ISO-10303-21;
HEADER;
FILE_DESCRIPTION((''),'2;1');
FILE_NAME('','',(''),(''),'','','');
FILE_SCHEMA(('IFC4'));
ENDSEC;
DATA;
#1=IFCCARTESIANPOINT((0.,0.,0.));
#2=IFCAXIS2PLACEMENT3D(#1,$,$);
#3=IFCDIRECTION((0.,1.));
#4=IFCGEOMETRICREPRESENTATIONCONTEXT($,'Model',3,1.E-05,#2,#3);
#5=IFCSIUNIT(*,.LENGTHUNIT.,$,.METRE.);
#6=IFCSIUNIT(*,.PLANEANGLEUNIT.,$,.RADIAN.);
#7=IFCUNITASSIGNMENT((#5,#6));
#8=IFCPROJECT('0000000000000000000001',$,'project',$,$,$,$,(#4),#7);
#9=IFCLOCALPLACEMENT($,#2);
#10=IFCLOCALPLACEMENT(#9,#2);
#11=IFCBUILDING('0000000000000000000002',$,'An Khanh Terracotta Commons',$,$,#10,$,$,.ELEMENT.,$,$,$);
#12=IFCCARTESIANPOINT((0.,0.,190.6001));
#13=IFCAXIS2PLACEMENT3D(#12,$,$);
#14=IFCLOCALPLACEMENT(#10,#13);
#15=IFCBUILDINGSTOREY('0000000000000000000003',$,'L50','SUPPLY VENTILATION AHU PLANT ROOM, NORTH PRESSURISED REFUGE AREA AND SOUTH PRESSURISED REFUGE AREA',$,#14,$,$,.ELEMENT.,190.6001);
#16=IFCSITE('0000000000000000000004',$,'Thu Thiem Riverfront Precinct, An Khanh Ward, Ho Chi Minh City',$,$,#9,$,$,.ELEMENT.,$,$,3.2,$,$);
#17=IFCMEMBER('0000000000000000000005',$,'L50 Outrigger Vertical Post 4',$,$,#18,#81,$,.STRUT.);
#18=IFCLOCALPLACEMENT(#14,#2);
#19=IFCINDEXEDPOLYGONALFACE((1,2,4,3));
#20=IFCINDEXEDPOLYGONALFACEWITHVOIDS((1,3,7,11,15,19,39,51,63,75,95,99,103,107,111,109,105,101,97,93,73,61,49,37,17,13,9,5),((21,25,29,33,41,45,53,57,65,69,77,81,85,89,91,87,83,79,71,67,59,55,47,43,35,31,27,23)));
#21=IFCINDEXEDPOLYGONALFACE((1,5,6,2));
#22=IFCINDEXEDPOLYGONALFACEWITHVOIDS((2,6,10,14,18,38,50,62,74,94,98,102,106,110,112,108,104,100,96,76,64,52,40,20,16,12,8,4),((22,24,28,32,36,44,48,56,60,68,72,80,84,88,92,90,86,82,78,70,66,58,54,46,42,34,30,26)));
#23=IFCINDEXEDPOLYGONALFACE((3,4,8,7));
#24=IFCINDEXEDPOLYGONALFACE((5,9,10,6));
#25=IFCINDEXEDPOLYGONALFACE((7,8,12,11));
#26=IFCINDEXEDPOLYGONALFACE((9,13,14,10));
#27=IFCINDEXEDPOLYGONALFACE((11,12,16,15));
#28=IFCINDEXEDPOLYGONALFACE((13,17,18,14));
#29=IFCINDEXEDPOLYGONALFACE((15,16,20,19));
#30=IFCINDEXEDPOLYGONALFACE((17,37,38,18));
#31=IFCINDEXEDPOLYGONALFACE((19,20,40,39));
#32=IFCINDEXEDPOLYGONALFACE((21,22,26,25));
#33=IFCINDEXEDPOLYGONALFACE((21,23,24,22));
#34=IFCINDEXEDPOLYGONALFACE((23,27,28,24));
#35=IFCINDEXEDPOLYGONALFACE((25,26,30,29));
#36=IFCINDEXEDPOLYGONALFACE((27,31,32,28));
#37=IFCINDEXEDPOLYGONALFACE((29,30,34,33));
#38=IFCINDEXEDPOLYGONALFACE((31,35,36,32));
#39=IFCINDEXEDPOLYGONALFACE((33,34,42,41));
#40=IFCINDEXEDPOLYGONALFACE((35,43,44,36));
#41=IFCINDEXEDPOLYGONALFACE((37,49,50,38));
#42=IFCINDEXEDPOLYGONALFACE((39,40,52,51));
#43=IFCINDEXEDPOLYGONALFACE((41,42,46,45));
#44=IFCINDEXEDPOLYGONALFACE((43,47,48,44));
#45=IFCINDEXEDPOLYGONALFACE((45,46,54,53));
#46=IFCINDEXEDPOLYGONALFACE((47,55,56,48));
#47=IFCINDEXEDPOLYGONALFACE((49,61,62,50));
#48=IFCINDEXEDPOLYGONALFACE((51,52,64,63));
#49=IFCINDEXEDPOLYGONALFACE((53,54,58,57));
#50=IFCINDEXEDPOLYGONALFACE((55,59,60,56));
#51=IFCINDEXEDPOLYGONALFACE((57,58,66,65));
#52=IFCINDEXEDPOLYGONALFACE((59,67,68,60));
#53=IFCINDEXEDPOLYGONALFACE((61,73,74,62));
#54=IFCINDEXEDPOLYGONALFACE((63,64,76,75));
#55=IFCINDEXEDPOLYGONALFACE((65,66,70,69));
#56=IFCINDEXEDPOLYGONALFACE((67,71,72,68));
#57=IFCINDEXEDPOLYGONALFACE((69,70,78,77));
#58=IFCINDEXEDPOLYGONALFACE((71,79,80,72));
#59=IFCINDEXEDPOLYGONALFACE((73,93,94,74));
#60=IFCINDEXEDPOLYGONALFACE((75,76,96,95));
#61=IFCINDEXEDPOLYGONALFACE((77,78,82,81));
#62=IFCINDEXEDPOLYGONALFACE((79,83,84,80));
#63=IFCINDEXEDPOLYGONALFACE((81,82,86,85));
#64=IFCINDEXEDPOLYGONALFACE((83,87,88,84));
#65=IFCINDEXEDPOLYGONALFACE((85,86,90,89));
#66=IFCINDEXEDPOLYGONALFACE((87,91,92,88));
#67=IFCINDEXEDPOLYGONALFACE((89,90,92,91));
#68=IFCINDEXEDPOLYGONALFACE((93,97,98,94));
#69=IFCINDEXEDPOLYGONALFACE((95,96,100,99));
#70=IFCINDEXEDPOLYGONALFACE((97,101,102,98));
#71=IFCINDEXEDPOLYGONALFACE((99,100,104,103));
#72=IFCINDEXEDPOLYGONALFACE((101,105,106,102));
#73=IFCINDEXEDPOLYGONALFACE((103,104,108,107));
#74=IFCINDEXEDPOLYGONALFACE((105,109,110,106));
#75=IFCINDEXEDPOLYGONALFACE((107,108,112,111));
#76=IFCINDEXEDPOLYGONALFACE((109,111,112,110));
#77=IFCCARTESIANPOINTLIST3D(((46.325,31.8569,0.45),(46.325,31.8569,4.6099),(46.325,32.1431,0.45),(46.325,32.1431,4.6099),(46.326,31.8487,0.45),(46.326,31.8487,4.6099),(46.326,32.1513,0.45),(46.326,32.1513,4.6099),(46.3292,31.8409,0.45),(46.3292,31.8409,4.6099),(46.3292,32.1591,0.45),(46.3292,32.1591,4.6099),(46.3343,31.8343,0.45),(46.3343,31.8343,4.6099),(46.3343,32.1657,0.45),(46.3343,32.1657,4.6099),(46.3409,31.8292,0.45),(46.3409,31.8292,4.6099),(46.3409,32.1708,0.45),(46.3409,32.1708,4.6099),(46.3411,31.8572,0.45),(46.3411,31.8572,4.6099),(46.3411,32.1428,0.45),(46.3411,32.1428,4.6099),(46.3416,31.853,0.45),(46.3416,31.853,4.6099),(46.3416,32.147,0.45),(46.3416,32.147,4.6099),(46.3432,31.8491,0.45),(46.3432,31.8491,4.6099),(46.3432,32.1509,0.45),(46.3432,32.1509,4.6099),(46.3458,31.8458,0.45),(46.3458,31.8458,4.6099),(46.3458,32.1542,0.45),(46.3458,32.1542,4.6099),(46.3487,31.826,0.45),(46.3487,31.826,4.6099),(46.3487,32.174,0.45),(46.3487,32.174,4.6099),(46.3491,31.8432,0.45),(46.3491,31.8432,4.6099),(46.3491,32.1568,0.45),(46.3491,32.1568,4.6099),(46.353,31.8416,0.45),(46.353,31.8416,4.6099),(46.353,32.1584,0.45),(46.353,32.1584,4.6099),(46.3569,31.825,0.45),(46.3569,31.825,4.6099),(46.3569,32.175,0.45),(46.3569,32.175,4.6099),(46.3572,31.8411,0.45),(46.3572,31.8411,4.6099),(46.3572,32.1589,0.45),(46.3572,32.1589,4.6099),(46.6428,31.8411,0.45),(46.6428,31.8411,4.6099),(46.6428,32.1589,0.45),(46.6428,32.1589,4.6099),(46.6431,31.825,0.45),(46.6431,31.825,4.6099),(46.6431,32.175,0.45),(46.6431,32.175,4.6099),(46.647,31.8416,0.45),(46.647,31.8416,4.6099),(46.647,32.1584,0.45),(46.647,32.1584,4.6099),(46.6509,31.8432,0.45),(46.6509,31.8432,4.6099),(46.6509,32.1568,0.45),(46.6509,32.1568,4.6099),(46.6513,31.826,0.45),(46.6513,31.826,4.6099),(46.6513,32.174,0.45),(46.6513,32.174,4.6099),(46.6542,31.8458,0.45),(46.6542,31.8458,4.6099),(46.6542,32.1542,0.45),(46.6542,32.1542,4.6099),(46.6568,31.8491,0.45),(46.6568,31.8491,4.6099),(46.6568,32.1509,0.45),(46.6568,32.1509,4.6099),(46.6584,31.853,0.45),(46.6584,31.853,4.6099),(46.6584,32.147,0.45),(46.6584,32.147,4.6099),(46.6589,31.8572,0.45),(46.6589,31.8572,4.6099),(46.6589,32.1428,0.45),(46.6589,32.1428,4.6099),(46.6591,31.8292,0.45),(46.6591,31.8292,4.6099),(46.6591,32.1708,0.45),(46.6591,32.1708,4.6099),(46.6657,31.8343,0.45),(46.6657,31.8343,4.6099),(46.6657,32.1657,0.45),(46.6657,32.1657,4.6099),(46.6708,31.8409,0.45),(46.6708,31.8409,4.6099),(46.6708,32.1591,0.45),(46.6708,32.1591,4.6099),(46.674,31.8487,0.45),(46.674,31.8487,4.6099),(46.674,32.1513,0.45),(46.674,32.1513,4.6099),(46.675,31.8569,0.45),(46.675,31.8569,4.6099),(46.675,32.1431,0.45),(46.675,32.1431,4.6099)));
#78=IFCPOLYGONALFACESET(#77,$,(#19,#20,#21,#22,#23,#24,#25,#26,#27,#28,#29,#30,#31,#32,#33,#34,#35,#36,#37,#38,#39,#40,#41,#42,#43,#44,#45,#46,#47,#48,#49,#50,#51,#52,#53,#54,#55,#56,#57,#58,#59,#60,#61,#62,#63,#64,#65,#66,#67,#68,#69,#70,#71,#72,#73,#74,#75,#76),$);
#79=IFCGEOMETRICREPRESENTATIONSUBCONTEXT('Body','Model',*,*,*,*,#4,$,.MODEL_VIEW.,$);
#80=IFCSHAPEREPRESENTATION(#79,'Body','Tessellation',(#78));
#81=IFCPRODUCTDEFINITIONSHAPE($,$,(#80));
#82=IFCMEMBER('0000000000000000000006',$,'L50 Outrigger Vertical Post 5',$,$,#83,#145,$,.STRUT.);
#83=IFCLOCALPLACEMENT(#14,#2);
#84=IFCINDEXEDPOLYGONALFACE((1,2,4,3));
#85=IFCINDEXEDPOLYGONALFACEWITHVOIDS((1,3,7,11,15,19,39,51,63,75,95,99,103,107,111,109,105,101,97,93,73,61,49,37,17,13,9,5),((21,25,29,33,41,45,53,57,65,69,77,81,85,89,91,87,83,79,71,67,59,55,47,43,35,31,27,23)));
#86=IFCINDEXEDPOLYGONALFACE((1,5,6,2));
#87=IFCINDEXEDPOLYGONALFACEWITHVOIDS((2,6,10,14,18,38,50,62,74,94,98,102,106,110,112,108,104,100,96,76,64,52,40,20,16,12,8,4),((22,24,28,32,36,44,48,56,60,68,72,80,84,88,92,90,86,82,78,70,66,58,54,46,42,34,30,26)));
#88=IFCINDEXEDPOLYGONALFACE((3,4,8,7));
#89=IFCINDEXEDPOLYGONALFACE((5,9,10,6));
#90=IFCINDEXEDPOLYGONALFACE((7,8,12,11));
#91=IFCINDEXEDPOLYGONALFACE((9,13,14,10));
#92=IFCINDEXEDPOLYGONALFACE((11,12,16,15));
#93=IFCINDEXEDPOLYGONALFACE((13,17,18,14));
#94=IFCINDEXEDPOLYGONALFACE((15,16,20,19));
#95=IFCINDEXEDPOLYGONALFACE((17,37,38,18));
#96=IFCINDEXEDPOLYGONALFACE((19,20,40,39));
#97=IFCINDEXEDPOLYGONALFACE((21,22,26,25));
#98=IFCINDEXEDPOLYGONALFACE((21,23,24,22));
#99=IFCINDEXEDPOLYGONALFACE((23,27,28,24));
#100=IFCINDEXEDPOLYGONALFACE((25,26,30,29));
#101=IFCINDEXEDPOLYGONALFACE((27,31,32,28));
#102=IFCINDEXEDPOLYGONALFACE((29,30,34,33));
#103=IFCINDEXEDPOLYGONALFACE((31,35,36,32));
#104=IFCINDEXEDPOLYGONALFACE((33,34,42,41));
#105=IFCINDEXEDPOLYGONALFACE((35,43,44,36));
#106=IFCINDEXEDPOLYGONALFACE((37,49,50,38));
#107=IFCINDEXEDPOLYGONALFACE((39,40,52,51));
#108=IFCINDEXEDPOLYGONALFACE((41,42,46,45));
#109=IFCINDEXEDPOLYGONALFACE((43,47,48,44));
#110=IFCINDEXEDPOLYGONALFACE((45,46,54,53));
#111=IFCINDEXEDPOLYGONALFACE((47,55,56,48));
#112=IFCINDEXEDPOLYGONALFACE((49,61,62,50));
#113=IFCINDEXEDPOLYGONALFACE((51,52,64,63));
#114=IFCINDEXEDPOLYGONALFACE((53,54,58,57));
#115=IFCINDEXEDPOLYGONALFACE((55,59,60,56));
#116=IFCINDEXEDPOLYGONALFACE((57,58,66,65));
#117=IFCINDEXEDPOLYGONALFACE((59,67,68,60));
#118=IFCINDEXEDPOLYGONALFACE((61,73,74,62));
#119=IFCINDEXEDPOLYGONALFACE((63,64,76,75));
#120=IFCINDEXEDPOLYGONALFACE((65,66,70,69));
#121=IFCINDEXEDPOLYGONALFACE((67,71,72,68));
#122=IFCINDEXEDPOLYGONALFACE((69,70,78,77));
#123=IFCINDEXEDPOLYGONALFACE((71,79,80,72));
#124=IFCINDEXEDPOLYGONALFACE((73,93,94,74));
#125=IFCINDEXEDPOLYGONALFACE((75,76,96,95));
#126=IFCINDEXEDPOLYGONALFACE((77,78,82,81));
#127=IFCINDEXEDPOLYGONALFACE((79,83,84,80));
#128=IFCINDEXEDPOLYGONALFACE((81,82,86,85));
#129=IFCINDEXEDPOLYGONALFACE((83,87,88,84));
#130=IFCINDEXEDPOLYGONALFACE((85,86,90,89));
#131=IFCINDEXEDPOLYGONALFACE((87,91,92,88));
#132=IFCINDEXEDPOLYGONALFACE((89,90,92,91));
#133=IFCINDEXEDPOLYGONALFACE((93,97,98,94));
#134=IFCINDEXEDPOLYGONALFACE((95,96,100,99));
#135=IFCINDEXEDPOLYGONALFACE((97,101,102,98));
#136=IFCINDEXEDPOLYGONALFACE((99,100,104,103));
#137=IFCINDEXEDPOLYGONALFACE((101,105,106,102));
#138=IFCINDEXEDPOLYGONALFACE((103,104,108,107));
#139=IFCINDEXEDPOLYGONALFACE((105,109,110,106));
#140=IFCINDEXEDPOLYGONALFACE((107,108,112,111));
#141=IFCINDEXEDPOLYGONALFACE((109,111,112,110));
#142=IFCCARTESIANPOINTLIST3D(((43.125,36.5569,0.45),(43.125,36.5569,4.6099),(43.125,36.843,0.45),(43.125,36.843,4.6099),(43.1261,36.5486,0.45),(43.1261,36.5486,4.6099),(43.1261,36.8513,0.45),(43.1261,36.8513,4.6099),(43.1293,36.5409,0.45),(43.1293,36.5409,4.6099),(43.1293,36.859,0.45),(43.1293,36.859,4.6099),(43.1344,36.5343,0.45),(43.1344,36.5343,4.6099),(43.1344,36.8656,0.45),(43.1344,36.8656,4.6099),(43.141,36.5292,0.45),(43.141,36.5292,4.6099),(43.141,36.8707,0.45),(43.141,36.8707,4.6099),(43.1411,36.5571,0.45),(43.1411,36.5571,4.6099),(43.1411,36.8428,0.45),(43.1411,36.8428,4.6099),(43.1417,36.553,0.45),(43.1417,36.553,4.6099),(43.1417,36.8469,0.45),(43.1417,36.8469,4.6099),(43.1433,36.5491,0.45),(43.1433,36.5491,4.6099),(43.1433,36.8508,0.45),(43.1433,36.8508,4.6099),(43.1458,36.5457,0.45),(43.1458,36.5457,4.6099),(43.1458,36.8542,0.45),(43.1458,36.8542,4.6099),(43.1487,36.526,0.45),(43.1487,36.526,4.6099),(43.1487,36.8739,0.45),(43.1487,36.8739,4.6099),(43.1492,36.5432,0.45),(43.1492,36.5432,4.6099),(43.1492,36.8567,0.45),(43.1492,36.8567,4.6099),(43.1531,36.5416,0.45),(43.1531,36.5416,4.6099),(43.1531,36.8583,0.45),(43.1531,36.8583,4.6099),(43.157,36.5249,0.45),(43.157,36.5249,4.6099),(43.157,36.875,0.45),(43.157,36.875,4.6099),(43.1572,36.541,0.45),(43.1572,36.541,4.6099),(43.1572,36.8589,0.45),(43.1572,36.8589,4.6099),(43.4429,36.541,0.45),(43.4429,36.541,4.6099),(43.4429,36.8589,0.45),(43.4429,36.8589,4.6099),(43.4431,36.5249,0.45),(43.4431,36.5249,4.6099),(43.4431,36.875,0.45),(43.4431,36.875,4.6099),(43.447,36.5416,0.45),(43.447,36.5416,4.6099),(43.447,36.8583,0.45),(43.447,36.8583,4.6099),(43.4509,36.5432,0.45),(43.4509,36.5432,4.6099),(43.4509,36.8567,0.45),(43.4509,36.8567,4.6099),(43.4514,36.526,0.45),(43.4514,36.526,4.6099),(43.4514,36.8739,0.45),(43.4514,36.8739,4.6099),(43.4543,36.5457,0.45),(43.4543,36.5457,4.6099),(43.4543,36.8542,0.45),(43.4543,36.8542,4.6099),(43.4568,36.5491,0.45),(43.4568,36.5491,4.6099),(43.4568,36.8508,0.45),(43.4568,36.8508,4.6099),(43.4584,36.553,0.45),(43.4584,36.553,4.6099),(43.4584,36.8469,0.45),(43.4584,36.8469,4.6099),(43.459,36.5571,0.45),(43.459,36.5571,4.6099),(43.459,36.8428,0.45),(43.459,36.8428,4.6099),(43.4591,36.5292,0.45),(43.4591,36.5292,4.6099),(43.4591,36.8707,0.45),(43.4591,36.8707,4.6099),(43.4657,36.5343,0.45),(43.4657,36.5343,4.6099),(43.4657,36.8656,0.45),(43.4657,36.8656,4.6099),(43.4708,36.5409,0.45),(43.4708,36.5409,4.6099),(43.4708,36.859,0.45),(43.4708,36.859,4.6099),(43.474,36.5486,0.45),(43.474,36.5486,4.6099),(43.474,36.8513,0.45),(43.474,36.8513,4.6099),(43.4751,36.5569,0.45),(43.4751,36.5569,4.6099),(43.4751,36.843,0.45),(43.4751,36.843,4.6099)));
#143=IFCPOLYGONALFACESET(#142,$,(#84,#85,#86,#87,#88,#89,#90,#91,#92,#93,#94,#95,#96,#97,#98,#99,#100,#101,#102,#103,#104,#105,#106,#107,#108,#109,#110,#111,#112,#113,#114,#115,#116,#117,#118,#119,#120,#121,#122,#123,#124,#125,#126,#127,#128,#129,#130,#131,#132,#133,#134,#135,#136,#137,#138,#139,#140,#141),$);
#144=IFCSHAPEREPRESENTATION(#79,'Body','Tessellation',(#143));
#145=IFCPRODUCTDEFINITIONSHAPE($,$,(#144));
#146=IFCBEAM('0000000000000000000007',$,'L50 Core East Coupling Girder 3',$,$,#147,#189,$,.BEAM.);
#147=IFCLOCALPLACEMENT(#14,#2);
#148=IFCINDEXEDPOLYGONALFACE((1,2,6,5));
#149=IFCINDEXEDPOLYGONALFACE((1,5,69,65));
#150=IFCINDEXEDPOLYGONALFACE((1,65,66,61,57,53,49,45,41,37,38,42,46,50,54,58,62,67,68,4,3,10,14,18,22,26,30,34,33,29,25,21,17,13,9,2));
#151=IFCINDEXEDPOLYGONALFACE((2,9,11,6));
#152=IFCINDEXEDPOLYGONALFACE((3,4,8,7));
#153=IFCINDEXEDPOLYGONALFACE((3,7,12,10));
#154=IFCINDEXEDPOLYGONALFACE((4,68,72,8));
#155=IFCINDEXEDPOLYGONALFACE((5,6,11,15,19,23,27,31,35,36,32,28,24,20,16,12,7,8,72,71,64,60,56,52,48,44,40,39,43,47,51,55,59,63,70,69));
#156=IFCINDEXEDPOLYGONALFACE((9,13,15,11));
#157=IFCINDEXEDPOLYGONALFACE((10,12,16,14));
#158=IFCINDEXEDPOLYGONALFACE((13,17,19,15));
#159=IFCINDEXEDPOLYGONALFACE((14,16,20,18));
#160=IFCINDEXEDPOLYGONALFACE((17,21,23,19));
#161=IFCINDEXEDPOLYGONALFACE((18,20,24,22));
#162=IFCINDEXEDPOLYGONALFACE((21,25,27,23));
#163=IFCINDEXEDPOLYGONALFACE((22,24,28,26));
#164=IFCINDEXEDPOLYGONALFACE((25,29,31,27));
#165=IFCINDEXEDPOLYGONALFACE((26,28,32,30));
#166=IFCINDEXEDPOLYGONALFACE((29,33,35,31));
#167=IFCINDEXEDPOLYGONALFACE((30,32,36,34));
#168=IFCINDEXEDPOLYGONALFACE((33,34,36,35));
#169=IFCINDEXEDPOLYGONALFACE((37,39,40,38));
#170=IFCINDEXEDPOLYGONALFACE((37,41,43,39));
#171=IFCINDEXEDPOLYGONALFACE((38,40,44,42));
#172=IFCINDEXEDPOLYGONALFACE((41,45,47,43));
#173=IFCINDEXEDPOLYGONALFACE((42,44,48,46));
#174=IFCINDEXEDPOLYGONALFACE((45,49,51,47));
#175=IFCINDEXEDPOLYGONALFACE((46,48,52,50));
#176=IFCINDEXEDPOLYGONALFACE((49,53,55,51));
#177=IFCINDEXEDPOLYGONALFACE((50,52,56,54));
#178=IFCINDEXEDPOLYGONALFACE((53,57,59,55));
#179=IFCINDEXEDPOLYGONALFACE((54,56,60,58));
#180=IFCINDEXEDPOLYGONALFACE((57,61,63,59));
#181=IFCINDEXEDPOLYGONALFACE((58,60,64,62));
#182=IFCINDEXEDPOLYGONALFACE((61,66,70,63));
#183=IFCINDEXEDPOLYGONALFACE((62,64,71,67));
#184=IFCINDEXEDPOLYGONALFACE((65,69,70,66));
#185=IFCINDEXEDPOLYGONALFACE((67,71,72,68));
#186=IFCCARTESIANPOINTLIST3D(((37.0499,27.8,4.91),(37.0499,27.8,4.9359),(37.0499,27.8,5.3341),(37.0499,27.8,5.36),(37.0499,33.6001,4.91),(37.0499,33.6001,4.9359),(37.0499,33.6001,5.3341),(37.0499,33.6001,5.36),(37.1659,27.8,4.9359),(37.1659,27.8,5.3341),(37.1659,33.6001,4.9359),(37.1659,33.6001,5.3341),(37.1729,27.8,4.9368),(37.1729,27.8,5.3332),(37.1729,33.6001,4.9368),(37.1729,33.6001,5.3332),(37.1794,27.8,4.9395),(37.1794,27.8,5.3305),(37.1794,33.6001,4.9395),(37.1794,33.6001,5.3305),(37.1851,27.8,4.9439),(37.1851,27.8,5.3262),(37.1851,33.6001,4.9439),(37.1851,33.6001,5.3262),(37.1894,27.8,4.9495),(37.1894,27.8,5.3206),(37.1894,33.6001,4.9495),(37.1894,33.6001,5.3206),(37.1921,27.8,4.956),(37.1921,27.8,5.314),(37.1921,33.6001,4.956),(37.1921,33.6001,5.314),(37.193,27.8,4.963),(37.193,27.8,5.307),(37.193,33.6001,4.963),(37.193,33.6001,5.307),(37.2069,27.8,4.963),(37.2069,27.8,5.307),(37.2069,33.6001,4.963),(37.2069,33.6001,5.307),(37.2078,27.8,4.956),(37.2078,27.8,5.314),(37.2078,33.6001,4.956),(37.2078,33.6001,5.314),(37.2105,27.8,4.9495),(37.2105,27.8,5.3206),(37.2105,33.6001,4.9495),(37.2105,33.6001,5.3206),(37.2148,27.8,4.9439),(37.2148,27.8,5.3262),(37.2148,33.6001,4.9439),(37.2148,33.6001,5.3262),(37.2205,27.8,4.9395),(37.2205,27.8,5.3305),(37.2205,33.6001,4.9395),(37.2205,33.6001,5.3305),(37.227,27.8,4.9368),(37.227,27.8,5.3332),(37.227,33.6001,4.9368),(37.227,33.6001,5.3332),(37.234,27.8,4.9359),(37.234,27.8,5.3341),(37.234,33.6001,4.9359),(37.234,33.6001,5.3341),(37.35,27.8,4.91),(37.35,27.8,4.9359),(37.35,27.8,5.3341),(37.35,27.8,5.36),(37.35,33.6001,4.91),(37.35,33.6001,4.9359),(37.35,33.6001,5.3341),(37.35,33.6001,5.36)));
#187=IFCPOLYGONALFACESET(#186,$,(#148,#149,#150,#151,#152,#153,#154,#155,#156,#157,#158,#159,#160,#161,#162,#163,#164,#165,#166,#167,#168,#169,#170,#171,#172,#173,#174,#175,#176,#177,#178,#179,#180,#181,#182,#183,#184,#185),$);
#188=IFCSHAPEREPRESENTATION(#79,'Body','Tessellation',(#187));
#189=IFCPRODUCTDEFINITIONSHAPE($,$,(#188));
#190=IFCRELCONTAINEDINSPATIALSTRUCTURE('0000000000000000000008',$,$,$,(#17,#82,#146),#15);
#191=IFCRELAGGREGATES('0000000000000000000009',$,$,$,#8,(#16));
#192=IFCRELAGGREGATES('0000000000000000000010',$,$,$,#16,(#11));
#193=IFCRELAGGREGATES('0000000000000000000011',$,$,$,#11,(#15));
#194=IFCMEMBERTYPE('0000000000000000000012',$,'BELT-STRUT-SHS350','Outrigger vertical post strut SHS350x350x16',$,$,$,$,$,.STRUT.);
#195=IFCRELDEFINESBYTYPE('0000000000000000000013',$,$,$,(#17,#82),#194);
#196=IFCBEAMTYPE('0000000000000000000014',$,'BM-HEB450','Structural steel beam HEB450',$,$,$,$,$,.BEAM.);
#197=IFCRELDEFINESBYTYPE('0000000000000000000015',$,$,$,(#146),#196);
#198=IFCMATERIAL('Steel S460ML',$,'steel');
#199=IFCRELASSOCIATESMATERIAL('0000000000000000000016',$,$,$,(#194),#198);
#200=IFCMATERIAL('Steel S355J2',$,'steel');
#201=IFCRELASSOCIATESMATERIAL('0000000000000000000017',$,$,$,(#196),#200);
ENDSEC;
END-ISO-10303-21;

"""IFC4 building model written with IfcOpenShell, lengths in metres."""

from ifc_helpers import new_model, si_unit, direction, frame, origin, origin_2d, place, context, subcontext, project, spatial, hollow_rectangle, i_section, extrude, material, material_profile, profile_set, type_object, element, save


model = new_model("IFC4")

# Units and contexts
model_context = context("Model", 3, precision=1e-05, world=origin(), true_north=direction((0.0, 1.0)))
body_context = subcontext(model_context, "Body", "Model", "MODEL_VIEW")
ifc_project = project(units=[si_unit("LENGTHUNIT", "METRE"), si_unit("PLANEANGLEUNIT", "RADIAN")], contexts=[model_context])

# Site, building, storey
site_placement = place(None, origin())
site = spatial("IfcSite", under=ifc_project, at=site_placement, Name="Thu Thiem Riverfront Precinct, An Khanh Ward, Ho Chi Minh City", CompositionType="ELEMENT", RefElevation=3.2)
building_placement = place(site_placement, origin())
building = spatial("IfcBuilding", under=site, at=building_placement, Name="An Khanh Terracotta Commons", CompositionType="ELEMENT")
storey_placement = place(building_placement, frame((0.0, 0.0, 190.6001)))
storey = spatial("IfcBuildingStorey", under=building, at=storey_placement, Name="L50", Description="SUPPLY VENTILATION AHU PLANT ROOM, NORTH PRESSURISED REFUGE AREA AND SOUTH PRESSURISED REFUGE AREA", CompositionType="ELEMENT", Elevation=190.6001)

# Shared definitions
ifc_material_1 = material(Name="Steel S460ML", Category="steel")

# Members
ifc_material_profile_1 = material_profile(ifc_material_1, hollow_rectangle(XDim=0.3501, YDim=0.3501, WallThickness=0.0161, InnerFilletRadius=0.0161, OuterFilletRadius=0.032, at=origin_2d()), Name="SHS350x350x16")
ifc_profile_set_1 = profile_set([ifc_material_profile_1], Name="Steel S460ML")
member_type_1 = type_object("IfcMemberType", Name="BELT-STRUT-SHS350", Description="Outrigger vertical post strut SHS350x350x16", PredefinedType="STRUT", material=ifc_profile_set_1)
for number, where, z_axis, x_axis, name in (
    (1, (46.5, 32.0, 0.45), (0.0, 0.0, 1.0), (1.0, 0.0, 0.0), "L50 Outrigger Vertical Post 4"),
    (2, (43.3, 36.7, 0.45), (0.0, 0.0, 1.0), (1.0, 0.0, 0.0), "L50 Outrigger Vertical Post 5"),
):
    element("IfcMember", number, at=place(storey_placement, frame(where, z_axis=z_axis, x_axis=x_axis)), inside=storey, type_object=member_type_1, Name=name, PredefinedType="STRUT", context=body_context, shape_type="SweptSolid", body=[
        extrude(hollow_rectangle(XDim=0.3501, YDim=0.3501, WallThickness=0.0161, InnerFilletRadius=0.0161, OuterFilletRadius=0.032, at=origin_2d()), origin(), (0.0, 0.0, 1.0), 4.1599),
    ])

# Beam
ifc_material_2 = material(Name="Steel S355J2", Category="steel")
ifc_material_profile_2 = material_profile(ifc_material_2, i_section(OverallWidth=0.3, OverallDepth=0.45, WebThickness=0.0139, FlangeThickness=0.0259, FilletRadius=0.0271, at=origin_2d()), Name="HEB450")
ifc_profile_set_2 = profile_set([ifc_material_profile_2], Name="Steel S355J2")
beam_type_1 = type_object("IfcBeamType", Name="BM-HEB450", Description="Structural steel beam HEB450", PredefinedType="BEAM", material=ifc_profile_set_2)
beam_1_placement = place(storey_placement, frame((37.2, 27.8, 5.135), z_axis=(0.0, 1.0, 0.0), x_axis=(-1.0, 0.0, 0.0)))
element("IfcBeam", 3, at=beam_1_placement, inside=storey, type_object=beam_type_1, Name="L50 Core East Coupling Girder 3", PredefinedType="BEAM", context=body_context, shape_type="SweptSolid", body=[
    extrude(i_section(OverallWidth=0.3, OverallDepth=0.45, WebThickness=0.0139, FlangeThickness=0.0259, FilletRadius=0.0271, at=origin_2d()), origin(), (0.0, 0.0, 1.0), 5.8),
])

save(model, "model.ifc")
